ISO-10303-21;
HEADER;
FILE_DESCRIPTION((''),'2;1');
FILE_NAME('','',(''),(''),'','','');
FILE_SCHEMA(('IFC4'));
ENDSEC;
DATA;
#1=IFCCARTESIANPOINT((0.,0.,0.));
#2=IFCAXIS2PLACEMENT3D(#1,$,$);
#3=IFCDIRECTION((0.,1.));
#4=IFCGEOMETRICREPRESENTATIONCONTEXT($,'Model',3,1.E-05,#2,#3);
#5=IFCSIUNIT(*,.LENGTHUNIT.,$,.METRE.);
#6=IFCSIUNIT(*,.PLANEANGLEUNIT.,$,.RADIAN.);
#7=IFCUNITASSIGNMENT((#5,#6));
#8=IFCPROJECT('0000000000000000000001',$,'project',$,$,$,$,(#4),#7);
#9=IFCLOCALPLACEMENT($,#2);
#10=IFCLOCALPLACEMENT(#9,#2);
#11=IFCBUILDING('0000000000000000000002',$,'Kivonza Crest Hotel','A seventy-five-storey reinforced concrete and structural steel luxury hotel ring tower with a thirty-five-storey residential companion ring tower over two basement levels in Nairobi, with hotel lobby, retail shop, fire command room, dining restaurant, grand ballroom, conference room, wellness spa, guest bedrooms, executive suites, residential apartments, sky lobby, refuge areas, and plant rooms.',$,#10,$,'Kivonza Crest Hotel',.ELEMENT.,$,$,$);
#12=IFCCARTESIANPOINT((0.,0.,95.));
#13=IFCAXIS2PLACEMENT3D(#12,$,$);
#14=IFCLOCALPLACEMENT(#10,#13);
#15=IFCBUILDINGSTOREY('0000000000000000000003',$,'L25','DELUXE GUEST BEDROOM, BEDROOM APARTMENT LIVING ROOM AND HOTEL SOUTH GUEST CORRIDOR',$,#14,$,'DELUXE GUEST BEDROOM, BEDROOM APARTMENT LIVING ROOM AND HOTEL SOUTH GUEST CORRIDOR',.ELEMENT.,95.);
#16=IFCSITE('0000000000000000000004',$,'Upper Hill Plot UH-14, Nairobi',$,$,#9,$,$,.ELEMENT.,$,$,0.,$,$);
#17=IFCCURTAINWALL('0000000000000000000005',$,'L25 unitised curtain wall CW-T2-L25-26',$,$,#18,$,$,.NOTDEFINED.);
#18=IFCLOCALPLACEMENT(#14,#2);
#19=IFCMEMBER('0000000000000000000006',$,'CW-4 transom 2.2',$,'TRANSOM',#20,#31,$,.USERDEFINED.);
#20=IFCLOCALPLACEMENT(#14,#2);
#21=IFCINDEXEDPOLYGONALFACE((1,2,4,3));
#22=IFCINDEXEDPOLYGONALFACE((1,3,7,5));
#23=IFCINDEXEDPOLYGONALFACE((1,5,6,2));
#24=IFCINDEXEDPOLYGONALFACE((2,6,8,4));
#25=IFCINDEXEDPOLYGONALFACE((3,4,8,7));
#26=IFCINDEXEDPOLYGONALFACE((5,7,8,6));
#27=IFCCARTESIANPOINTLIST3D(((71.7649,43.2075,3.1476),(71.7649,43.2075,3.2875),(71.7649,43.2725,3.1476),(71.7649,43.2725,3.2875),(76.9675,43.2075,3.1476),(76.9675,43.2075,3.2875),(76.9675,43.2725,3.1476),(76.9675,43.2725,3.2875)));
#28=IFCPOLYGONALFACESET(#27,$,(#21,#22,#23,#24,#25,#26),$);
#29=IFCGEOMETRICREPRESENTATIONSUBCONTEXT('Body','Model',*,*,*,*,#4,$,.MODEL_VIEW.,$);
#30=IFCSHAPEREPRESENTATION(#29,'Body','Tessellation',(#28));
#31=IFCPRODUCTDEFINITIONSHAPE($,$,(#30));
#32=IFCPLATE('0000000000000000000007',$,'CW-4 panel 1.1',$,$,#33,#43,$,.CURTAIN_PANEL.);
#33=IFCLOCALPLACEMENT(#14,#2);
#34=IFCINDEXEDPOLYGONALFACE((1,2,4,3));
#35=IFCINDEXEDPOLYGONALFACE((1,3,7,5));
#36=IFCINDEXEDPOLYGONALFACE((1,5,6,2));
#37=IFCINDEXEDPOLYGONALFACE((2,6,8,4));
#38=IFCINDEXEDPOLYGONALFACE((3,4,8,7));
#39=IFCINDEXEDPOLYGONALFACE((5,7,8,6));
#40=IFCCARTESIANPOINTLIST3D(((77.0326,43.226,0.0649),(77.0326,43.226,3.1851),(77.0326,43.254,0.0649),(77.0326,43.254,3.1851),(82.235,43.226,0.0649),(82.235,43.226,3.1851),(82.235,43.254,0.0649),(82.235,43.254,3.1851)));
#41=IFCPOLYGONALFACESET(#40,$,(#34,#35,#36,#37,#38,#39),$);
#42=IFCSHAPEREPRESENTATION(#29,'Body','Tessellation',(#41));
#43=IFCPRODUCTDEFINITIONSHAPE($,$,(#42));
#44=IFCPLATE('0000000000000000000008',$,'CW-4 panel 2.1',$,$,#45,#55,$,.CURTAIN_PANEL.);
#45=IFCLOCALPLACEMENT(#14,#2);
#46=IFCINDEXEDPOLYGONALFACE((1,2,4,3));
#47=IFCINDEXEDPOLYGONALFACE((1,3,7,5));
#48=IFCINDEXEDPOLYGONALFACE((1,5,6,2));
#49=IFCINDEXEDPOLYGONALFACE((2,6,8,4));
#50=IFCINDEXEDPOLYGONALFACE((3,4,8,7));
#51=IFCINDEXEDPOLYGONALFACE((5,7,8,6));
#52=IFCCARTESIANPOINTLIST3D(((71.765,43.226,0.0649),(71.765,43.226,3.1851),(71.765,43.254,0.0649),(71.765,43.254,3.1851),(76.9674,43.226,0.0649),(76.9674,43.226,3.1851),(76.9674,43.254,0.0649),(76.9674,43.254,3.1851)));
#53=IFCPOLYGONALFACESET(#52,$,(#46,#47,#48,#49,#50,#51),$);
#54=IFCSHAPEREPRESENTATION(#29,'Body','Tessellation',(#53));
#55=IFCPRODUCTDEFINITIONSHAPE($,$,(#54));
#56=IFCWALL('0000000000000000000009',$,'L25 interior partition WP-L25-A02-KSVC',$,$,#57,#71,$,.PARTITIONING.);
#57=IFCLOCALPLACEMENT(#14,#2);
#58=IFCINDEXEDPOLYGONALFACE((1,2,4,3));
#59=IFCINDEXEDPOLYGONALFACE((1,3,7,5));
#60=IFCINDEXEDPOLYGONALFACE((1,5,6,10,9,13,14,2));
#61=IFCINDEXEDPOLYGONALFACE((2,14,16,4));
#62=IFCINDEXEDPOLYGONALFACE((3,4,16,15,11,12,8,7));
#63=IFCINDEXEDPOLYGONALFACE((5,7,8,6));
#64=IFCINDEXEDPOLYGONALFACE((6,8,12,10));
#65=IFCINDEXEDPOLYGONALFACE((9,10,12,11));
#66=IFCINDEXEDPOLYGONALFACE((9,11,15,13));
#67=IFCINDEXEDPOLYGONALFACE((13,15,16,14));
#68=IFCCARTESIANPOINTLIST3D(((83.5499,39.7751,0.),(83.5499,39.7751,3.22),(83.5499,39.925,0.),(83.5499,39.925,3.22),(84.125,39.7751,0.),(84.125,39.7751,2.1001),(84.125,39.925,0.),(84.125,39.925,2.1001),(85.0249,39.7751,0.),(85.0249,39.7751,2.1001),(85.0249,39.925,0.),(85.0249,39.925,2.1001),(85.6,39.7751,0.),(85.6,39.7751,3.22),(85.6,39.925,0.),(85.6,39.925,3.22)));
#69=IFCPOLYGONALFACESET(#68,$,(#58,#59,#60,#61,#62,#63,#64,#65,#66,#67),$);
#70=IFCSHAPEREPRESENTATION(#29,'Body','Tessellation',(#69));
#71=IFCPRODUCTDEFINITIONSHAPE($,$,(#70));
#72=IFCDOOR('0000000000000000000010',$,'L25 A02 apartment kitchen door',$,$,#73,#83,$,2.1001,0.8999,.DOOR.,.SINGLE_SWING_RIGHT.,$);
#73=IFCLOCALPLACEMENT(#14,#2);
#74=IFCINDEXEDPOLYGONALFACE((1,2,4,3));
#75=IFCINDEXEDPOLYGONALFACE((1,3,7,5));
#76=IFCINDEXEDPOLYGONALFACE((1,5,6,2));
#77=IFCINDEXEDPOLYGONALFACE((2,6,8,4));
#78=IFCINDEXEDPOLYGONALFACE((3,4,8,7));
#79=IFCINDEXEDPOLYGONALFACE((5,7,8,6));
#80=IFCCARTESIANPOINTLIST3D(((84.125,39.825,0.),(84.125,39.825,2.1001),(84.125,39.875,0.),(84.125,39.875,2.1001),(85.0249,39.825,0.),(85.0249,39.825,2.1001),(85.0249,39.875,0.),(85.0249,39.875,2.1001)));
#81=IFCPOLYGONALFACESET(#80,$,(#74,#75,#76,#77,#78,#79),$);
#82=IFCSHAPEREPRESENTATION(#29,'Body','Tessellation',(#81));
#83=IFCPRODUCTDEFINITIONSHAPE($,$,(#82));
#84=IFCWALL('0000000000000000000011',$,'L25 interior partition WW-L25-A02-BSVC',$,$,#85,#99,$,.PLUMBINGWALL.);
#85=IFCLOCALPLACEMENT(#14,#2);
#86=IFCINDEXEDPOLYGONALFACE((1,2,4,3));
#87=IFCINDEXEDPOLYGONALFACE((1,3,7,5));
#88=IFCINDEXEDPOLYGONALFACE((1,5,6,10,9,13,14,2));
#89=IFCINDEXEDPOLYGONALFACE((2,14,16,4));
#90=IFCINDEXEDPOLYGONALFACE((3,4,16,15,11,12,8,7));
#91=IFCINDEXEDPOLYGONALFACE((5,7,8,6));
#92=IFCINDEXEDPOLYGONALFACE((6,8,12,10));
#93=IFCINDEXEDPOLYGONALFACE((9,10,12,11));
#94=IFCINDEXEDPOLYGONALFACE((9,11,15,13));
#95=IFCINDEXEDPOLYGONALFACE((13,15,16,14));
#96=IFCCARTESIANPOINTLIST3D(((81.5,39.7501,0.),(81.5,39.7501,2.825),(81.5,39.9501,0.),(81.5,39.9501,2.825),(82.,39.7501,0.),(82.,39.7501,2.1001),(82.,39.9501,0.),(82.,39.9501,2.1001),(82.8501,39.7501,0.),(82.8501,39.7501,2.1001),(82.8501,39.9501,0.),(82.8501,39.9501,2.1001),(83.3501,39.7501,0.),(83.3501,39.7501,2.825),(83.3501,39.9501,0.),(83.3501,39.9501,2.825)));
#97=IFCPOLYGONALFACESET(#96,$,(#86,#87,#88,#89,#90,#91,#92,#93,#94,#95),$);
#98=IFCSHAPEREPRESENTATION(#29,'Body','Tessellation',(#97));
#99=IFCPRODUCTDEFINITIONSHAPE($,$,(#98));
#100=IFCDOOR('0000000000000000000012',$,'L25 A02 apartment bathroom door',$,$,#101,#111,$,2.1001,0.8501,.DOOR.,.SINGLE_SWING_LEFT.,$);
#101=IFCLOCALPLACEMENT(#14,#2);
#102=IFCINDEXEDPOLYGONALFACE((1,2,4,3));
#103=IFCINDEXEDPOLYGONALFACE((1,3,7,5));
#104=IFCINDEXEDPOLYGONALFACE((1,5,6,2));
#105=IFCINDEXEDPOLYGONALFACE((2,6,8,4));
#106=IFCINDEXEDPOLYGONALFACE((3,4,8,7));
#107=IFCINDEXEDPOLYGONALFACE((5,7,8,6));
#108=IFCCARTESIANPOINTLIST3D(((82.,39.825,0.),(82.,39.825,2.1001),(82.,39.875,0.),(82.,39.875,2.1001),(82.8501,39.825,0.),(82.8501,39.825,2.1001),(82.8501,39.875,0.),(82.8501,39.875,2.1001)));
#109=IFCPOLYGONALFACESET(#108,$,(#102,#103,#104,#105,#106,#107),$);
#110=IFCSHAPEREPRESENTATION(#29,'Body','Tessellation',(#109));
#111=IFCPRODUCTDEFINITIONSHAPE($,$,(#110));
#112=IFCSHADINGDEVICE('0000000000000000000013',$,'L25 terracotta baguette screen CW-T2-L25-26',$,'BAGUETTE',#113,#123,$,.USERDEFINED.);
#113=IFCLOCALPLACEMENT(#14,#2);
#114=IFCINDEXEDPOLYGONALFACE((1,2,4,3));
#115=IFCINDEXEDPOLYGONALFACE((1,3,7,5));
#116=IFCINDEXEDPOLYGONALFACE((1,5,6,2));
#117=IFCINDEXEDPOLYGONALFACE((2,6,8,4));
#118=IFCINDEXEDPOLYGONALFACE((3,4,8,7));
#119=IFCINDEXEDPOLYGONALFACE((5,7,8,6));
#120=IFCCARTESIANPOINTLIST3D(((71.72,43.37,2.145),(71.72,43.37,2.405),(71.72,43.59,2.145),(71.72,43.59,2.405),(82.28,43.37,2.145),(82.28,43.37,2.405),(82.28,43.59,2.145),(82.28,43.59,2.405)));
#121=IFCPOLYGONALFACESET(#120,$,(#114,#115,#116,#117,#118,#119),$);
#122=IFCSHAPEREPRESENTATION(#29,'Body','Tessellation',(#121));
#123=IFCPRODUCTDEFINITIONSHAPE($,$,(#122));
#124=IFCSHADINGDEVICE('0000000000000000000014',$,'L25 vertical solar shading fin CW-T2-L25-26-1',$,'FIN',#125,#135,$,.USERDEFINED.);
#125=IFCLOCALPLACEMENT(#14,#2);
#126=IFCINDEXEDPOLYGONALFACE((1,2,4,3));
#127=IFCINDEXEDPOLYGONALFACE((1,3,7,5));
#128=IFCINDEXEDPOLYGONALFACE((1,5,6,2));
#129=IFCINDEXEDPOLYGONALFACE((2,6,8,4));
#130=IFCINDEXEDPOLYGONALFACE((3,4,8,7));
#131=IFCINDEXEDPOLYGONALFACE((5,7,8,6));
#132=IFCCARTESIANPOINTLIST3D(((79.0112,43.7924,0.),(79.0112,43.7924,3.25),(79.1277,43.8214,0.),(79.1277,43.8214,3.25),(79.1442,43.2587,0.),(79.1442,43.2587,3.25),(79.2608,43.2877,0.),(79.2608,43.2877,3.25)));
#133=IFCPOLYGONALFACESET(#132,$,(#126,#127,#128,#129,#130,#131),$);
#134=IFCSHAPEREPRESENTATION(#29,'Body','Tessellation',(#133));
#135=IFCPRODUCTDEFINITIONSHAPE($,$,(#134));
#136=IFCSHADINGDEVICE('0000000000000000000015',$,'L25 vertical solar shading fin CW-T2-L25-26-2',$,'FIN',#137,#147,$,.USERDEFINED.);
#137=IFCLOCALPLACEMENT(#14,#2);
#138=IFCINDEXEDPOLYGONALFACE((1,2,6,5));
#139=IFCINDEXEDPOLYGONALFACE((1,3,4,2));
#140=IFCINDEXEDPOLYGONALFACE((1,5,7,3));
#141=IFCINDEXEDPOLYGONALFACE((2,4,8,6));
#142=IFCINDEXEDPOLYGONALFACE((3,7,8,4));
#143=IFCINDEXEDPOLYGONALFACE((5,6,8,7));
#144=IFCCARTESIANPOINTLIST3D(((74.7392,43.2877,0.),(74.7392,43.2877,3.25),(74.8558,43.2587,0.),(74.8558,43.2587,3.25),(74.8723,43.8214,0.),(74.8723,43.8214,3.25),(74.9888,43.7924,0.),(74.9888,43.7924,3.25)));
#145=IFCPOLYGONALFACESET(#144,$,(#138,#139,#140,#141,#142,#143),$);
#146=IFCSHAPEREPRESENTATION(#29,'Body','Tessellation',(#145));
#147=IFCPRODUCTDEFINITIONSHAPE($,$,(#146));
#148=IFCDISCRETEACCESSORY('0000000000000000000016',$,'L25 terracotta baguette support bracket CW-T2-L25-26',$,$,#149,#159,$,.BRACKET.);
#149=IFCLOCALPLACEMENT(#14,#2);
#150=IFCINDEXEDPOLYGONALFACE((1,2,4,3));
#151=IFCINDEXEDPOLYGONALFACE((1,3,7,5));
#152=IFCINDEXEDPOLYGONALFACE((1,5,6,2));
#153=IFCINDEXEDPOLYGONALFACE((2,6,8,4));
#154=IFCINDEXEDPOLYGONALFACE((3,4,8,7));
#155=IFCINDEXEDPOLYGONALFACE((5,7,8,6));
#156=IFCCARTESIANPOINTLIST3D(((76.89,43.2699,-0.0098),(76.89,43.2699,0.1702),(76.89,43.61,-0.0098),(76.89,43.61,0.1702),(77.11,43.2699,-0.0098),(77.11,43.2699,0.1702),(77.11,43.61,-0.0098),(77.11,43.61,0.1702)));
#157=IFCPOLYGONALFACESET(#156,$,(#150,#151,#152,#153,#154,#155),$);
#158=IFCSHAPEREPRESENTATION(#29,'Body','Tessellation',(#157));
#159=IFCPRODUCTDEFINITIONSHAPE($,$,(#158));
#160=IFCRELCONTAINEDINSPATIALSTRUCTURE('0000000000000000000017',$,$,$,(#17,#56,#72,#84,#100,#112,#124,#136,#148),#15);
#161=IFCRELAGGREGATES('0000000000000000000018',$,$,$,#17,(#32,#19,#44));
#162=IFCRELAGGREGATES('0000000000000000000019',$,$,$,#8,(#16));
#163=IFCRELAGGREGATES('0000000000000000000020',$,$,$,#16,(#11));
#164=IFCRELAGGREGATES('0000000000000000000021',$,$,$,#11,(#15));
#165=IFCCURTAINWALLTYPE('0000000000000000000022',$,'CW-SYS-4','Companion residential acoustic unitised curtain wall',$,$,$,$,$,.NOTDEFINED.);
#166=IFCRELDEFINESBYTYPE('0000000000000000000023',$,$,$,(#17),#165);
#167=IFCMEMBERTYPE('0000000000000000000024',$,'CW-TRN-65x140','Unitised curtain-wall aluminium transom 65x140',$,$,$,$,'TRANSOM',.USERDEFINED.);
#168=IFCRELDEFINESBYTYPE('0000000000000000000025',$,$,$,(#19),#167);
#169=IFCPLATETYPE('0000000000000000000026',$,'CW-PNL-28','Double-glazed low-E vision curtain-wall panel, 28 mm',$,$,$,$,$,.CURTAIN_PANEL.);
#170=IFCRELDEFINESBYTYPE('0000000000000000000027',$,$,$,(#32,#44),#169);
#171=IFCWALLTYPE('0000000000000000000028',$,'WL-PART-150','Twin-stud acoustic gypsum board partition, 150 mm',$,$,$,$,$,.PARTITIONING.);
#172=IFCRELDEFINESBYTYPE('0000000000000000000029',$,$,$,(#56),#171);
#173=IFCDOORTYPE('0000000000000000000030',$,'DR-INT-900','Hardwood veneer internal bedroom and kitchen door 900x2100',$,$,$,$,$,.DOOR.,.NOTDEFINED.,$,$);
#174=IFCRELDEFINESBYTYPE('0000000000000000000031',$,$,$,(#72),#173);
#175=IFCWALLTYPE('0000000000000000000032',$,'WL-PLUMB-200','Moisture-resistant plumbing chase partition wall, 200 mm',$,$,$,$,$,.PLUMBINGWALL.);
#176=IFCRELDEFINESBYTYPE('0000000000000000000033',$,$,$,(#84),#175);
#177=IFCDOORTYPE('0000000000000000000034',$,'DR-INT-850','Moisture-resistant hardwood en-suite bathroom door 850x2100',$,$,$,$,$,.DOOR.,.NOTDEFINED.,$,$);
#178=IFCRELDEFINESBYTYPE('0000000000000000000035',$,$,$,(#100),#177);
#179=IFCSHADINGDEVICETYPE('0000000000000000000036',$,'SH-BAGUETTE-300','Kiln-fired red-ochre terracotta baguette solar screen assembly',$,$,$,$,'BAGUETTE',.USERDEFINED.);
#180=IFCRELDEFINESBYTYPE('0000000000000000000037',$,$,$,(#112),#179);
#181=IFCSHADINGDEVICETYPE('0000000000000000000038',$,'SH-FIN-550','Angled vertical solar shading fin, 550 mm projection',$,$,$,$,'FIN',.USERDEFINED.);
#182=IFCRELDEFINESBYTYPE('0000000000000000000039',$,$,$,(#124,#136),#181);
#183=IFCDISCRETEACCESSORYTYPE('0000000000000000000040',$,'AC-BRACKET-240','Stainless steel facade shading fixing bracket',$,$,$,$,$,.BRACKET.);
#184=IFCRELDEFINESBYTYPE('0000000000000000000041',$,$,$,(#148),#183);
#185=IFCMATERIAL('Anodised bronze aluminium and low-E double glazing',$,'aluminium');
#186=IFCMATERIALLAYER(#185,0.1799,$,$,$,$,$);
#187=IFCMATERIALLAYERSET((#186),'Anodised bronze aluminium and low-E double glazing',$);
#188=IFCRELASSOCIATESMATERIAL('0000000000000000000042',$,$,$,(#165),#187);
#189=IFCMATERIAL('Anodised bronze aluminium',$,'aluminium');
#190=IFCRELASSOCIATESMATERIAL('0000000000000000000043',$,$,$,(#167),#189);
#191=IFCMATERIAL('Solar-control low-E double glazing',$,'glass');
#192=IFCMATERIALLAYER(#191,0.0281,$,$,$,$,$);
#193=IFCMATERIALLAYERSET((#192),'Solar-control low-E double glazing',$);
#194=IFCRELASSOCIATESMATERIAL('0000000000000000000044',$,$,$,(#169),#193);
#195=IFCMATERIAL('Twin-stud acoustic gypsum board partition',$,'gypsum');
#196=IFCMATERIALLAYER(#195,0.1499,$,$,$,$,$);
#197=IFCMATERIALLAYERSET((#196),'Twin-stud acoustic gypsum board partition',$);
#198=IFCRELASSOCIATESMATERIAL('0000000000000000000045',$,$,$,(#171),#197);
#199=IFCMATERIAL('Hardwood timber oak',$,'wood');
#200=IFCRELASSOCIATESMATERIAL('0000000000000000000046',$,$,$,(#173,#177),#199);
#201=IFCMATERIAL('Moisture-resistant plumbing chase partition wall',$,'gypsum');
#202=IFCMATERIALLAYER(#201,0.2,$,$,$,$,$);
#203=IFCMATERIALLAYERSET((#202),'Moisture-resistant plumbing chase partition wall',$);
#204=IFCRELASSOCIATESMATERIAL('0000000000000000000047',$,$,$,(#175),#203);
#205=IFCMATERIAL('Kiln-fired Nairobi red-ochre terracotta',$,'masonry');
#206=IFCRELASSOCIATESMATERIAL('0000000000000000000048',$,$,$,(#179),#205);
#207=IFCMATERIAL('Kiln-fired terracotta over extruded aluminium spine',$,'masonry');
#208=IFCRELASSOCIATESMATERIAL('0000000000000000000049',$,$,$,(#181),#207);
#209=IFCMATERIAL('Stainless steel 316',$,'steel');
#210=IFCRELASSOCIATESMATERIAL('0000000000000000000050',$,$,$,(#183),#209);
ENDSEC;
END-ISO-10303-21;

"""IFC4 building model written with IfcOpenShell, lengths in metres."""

from ifc_helpers import new_model, si_unit, direction, frame, frame_2d, origin, origin_2d, place, context, subcontext, project, spatial, rectangle, extrude, material, layer, layer_set, material_profile, profile_set, type_object, element, fill, aggregate, save


model = new_model("IFC4")

# Units and contexts
model_context = context("Model", 3, precision=1e-05, world=origin(), true_north=direction((0.0, 1.0)))
body_context = subcontext(model_context, "Body", "Model", "MODEL_VIEW")
ifc_project = project(units=[si_unit("LENGTHUNIT", "METRE"), si_unit("PLANEANGLEUNIT", "RADIAN")], contexts=[model_context])

# Site, building, storey
site_placement = place(None, origin())
site = spatial("IfcSite", under=ifc_project, at=site_placement, Name="Upper Hill Plot UH-14, Nairobi", CompositionType="ELEMENT", RefElevation=0.0)
building_placement = place(site_placement, origin())
building = spatial("IfcBuilding", under=site, at=building_placement, Name="Kivonza Crest Hotel", Description="A seventy-five-storey reinforced concrete and structural steel luxury hotel ring tower with a thirty-five-storey residential companion ring tower over two basement levels in Nairobi, with hotel lobby, retail shop, fire command room, dining restaurant, grand ballroom, conference room, wellness spa, guest bedrooms, executive suites, residential apartments, sky lobby, refuge areas, and plant rooms.", LongName="Kivonza Crest Hotel", CompositionType="ELEMENT")
storey_placement = place(building_placement, frame((0.0, 0.0, 95.0)))
storey = spatial("IfcBuildingStorey", under=building, at=storey_placement, Name="L25", Description="DELUXE GUEST BEDROOM, BEDROOM APARTMENT LIVING ROOM AND HOTEL SOUTH GUEST CORRIDOR", LongName="DELUXE GUEST BEDROOM, BEDROOM APARTMENT LIVING ROOM AND HOTEL SOUTH GUEST CORRIDOR", CompositionType="ELEMENT", Elevation=95.0)

# Curtain wall, member, plates
ifc_material_1 = material(Name="Anodised bronze aluminium and low-E double glazing", Category="aluminium")
ifc_layer_1 = layer(ifc_material_1, 0.1799)
ifc_layer_set_1 = layer_set([ifc_layer_1], Name="Anodised bronze aluminium and low-E double glazing")
curtain_wall_type = type_object("IfcCurtainWallType", Name="CW-SYS-4", Description="Companion residential acoustic unitised curtain wall", PredefinedType="NOTDEFINED", material=ifc_layer_set_1)
curtain_wall_placement = place(storey_placement, origin())
curtain_wall = element("IfcCurtainWall", 1, at=curtain_wall_placement, inside=storey, type_object=curtain_wall_type, Name="L25 unitised curtain wall CW-T2-L25-26", PredefinedType="NOTDEFINED")
ifc_material_2 = material(Name="Anodised bronze aluminium", Category="aluminium")
ifc_material_profile_1 = material_profile(ifc_material_2, rectangle(XDim=0.0649, YDim=0.1399, at=origin_2d()), Name="CW-T 65x140")
ifc_profile_set_1 = profile_set([ifc_material_profile_1], Name="Anodised bronze aluminium")
member_type_1 = type_object("IfcMemberType", Name="CW-TRN-65x140", Description="Unitised curtain-wall aluminium transom 65x140", ElementType="TRANSOM", PredefinedType="USERDEFINED", material=ifc_profile_set_1)
member_1_placement = place(storey_placement, frame((76.9675, 43.24, 3.2175), z_axis=(-1.0, 0.0, 0.0), x_axis=(0.0, -1.0, 0.0)))
member_1 = element("IfcMember", 2, at=member_1_placement, type_object=member_type_1, Name="CW-4 transom 2.2", ObjectType="TRANSOM", PredefinedType="USERDEFINED", context=body_context, shape_type="SweptSolid", body=[
    extrude(rectangle(XDim=0.0649, YDim=0.1399, at=origin_2d()), origin(), (0.0, 0.0, 1.0), 5.2026),
])
ifc_material_3 = material(Name="Solar-control low-E double glazing", Category="glass")
ifc_layer_2 = layer(ifc_material_3, 0.0281)
ifc_layer_set_2 = layer_set([ifc_layer_2], Name="Solar-control low-E double glazing")
plate_type = type_object("IfcPlateType", Name="CW-PNL-28", Description="Double-glazed low-E vision curtain-wall panel, 28 mm", PredefinedType="CURTAIN_PANEL", material=ifc_layer_set_2)
plate_1_placement = place(storey_placement, frame((79.6338, 43.24, 0.0649), z_axis=(0.0, 0.0, 1.0), x_axis=(-1.0, 0.0, 0.0)))
plate_1 = element("IfcPlate", 3, at=plate_1_placement, type_object=plate_type, Name="CW-4 panel 1.1", PredefinedType="CURTAIN_PANEL", context=body_context, shape_type="SweptSolid", body=[
    extrude(rectangle(XDim=5.2024, YDim=0.0281, at=origin_2d()), origin(), (0.0, 0.0, 1.0), 3.1201),
])
plate_2_placement = place(storey_placement, frame((74.3662, 43.24, 0.0649), z_axis=(0.0, 0.0, 1.0), x_axis=(-1.0, 0.0, 0.0)))
plate_2 = element("IfcPlate", 4, at=plate_2_placement, type_object=plate_type, Name="CW-4 panel 2.1", PredefinedType="CURTAIN_PANEL", context=body_context, shape_type="SweptSolid", body=[
    extrude(rectangle(XDim=5.2024, YDim=0.0281, at=origin_2d()), origin(), (0.0, 0.0, 1.0), 3.1201),
])
aggregate(curtain_wall, [plate_1, member_1, plate_2])

# Walls, openings, doors
ifc_material_4 = material(Name="Twin-stud acoustic gypsum board partition", Category="gypsum")
ifc_layer_3 = layer(ifc_material_4, 0.1499)
ifc_layer_set_3 = layer_set([ifc_layer_3], Name="Twin-stud acoustic gypsum board partition")
wall_type_1 = type_object("IfcWallType", Name="WL-PART-150", Description="Twin-stud acoustic gypsum board partition, 150 mm", PredefinedType="PARTITIONING", material=ifc_layer_set_3)
wall_1_placement = place(storey_placement, frame((83.55, 39.8501, 0.0), z_axis=(0.0, 0.0, 1.0), x_axis=(1.0, 0.0, 0.0)))
wall_1 = element("IfcWall", 5, at=wall_1_placement, inside=storey, type_object=wall_type_1, Name="L25 interior partition WP-L25-A02-KSVC", PredefinedType="PARTITIONING", context=body_context, shape_type="SweptSolid", body=[
    extrude(rectangle(XDim=2.05, YDim=0.1499, at=frame_2d((1.0249, 0.0))), origin(), (0.0, 0.0, 1.0), 3.22),
])
opening_1_placement = place(wall_1_placement, frame((0.575, 0.0, 0.0)))
opening_1 = element("IfcOpeningElement", 6, at=opening_1_placement, cuts=wall_1, PredefinedType="OPENING", context=body_context, shape_type="SweptSolid", body=[
    extrude(rectangle(XDim=0.8999, YDim=2.1001, at=frame_2d((0.45, 1.05))), frame((0.0, 0.085, 0.0), z_axis=(0.0, -1.0, 0.0), x_axis=(1.0, 0.0, 0.0)), (0.0, 0.0, 1.0), 0.1699),
])
ifc_material_5 = material(Name="Hardwood timber oak", Category="wood")
door_type_1 = type_object("IfcDoorType", Name="DR-INT-900", Description="Hardwood veneer internal bedroom and kitchen door 900x2100", OperationType="NOTDEFINED", PredefinedType="DOOR", material=ifc_material_5)
door_1_placement = place(opening_1_placement, origin())
door_1 = element("IfcDoor", 7, at=door_1_placement, inside=storey, type_object=door_type_1, Name="L25 A02 apartment kitchen door", OperationType="SINGLE_SWING_RIGHT", OverallHeight=2.1001, OverallWidth=0.8999, PredefinedType="DOOR", context=body_context, shape_type="SweptSolid", body=[
    extrude(rectangle(XDim=0.8999, YDim=2.1001, at=frame_2d((0.45, 1.05))), frame((0.0, 0.0249, 0.0), z_axis=(0.0, -1.0, 0.0), x_axis=(1.0, 0.0, 0.0)), (0.0, 0.0, 1.0), 0.05),
])
fill(opening_1, door_1)
ifc_material_6 = material(Name="Moisture-resistant plumbing chase partition wall", Category="gypsum")
ifc_layer_4 = layer(ifc_material_6, 0.2)
ifc_layer_set_4 = layer_set([ifc_layer_4], Name="Moisture-resistant plumbing chase partition wall")
wall_type_2 = type_object("IfcWallType", Name="WL-PLUMB-200", Description="Moisture-resistant plumbing chase partition wall, 200 mm", PredefinedType="PLUMBINGWALL", material=ifc_layer_set_4)
wall_2_placement = place(storey_placement, frame((81.5, 39.8501, 0.0), z_axis=(0.0, 0.0, 1.0), x_axis=(1.0, 0.0, 0.0)))
wall_2 = element("IfcWall", 8, at=wall_2_placement, inside=storey, type_object=wall_type_2, Name="L25 interior partition WW-L25-A02-BSVC", PredefinedType="PLUMBINGWALL", context=body_context, shape_type="SweptSolid", body=[
    extrude(rectangle(XDim=1.8501, YDim=0.2, at=frame_2d((0.925, 0.0))), origin(), (0.0, 0.0, 1.0), 2.825),
])
opening_2_placement = place(wall_2_placement, frame((0.5, 0.0, 0.0)))
opening_2 = element("IfcOpeningElement", 9, at=opening_2_placement, cuts=wall_2, PredefinedType="OPENING", context=body_context, shape_type="SweptSolid", body=[
    extrude(rectangle(XDim=0.8501, YDim=2.1001, at=frame_2d((0.425, 1.05))), frame((0.0, 0.1099, 0.0), z_axis=(0.0, -1.0, 0.0), x_axis=(1.0, 0.0, 0.0)), (0.0, 0.0, 1.0), 0.22),
])
door_type_2 = type_object("IfcDoorType", Name="DR-INT-850", Description="Moisture-resistant hardwood en-suite bathroom door 850x2100", OperationType="NOTDEFINED", PredefinedType="DOOR", material=ifc_material_5)
door_2_placement = place(opening_2_placement, origin())
door_2 = element("IfcDoor", 10, at=door_2_placement, inside=storey, type_object=door_type_2, Name="L25 A02 apartment bathroom door", OperationType="SINGLE_SWING_LEFT", OverallHeight=2.1001, OverallWidth=0.8501, PredefinedType="DOOR", context=body_context, shape_type="SweptSolid", body=[
    extrude(rectangle(XDim=0.8501, YDim=2.1001, at=frame_2d((0.425, 1.05))), frame((0.0, 0.0249, 0.0), z_axis=(0.0, -1.0, 0.0), x_axis=(1.0, 0.0, 0.0)), (0.0, 0.0, 1.0), 0.05),
])
fill(opening_2, door_2)

# Shading devices
ifc_material_7 = material(Name="Kiln-fired Nairobi red-ochre terracotta", Category="masonry")
shading_device_type_1 = type_object("IfcShadingDeviceType", Name="SH-BAGUETTE-300", Description="Kiln-fired red-ochre terracotta baguette solar screen assembly", ElementType="BAGUETTE", PredefinedType="USERDEFINED", material=ifc_material_7)
shading_device_placement = place(storey_placement, frame((77.0, 43.48, 2.145), z_axis=(0.0, 0.0, 1.0), x_axis=(-1.0, 0.0, 0.0)))
element("IfcShadingDevice", 11, at=shading_device_placement, inside=storey, type_object=shading_device_type_1, Name="L25 terracotta baguette screen CW-T2-L25-26", ObjectType="BAGUETTE", PredefinedType="USERDEFINED", context=body_context, shape_type="SweptSolid", body=[
    extrude(rectangle(XDim=10.5601, YDim=0.22, at=origin_2d()), origin(), (0.0, 0.0, 1.0), 0.26),
])
ifc_material_8 = material(Name="Kiln-fired terracotta over extruded aluminium spine", Category="masonry")
shading_device_type_2 = type_object("IfcShadingDeviceType", Name="SH-FIN-550", Description="Angled vertical solar shading fin, 550 mm projection", ElementType="FIN", PredefinedType="USERDEFINED", material=ifc_material_8)
for number, where, z_axis, x_axis, name in (
    (12, (79.136, 43.54, 0.0), (0.0, 0.0, 1.0), (-0.970296, -0.241922, 0.0), "L25 vertical solar shading fin CW-T2-L25-26-1"),
    (13, (74.864, 43.54, 0.0), (0.0, 0.0, 1.0), (-0.970296, 0.241922, 0.0), "L25 vertical solar shading fin CW-T2-L25-26-2"),
):
    element("IfcShadingDevice", number, at=place(storey_placement, frame(where, z_axis=z_axis, x_axis=x_axis)), inside=storey, type_object=shading_device_type_2, Name=name, ObjectType="FIN", PredefinedType="USERDEFINED", context=body_context, shape_type="SweptSolid", body=[
        extrude(rectangle(XDim=0.1201, YDim=0.55, at=origin_2d()), origin(), (0.0, 0.0, 1.0), 3.25),
    ])

# Discrete accessory
ifc_material_9 = material(Name="Stainless steel 316", Category="steel")
discrete_accessory_type = type_object("IfcDiscreteAccessoryType", Name="AC-BRACKET-240", Description="Stainless steel facade shading fixing bracket", PredefinedType="BRACKET", material=ifc_material_9)
discrete_accessory_placement = place(storey_placement, frame((77.0, 43.4399, -0.0098), z_axis=(0.0, 0.0, 1.0), x_axis=(-1.0, 0.0, 0.0)))
element("IfcDiscreteAccessory", 14, at=discrete_accessory_placement, inside=storey, type_object=discrete_accessory_type, Name="L25 terracotta baguette support bracket CW-T2-L25-26", PredefinedType="BRACKET", context=body_context, shape_type="SweptSolid", body=[
    extrude(rectangle(XDim=0.22, YDim=0.3401, at=origin_2d()), origin(), (0.0, 0.0, 1.0), 0.1799),
])

save(model, "model.ifc")
